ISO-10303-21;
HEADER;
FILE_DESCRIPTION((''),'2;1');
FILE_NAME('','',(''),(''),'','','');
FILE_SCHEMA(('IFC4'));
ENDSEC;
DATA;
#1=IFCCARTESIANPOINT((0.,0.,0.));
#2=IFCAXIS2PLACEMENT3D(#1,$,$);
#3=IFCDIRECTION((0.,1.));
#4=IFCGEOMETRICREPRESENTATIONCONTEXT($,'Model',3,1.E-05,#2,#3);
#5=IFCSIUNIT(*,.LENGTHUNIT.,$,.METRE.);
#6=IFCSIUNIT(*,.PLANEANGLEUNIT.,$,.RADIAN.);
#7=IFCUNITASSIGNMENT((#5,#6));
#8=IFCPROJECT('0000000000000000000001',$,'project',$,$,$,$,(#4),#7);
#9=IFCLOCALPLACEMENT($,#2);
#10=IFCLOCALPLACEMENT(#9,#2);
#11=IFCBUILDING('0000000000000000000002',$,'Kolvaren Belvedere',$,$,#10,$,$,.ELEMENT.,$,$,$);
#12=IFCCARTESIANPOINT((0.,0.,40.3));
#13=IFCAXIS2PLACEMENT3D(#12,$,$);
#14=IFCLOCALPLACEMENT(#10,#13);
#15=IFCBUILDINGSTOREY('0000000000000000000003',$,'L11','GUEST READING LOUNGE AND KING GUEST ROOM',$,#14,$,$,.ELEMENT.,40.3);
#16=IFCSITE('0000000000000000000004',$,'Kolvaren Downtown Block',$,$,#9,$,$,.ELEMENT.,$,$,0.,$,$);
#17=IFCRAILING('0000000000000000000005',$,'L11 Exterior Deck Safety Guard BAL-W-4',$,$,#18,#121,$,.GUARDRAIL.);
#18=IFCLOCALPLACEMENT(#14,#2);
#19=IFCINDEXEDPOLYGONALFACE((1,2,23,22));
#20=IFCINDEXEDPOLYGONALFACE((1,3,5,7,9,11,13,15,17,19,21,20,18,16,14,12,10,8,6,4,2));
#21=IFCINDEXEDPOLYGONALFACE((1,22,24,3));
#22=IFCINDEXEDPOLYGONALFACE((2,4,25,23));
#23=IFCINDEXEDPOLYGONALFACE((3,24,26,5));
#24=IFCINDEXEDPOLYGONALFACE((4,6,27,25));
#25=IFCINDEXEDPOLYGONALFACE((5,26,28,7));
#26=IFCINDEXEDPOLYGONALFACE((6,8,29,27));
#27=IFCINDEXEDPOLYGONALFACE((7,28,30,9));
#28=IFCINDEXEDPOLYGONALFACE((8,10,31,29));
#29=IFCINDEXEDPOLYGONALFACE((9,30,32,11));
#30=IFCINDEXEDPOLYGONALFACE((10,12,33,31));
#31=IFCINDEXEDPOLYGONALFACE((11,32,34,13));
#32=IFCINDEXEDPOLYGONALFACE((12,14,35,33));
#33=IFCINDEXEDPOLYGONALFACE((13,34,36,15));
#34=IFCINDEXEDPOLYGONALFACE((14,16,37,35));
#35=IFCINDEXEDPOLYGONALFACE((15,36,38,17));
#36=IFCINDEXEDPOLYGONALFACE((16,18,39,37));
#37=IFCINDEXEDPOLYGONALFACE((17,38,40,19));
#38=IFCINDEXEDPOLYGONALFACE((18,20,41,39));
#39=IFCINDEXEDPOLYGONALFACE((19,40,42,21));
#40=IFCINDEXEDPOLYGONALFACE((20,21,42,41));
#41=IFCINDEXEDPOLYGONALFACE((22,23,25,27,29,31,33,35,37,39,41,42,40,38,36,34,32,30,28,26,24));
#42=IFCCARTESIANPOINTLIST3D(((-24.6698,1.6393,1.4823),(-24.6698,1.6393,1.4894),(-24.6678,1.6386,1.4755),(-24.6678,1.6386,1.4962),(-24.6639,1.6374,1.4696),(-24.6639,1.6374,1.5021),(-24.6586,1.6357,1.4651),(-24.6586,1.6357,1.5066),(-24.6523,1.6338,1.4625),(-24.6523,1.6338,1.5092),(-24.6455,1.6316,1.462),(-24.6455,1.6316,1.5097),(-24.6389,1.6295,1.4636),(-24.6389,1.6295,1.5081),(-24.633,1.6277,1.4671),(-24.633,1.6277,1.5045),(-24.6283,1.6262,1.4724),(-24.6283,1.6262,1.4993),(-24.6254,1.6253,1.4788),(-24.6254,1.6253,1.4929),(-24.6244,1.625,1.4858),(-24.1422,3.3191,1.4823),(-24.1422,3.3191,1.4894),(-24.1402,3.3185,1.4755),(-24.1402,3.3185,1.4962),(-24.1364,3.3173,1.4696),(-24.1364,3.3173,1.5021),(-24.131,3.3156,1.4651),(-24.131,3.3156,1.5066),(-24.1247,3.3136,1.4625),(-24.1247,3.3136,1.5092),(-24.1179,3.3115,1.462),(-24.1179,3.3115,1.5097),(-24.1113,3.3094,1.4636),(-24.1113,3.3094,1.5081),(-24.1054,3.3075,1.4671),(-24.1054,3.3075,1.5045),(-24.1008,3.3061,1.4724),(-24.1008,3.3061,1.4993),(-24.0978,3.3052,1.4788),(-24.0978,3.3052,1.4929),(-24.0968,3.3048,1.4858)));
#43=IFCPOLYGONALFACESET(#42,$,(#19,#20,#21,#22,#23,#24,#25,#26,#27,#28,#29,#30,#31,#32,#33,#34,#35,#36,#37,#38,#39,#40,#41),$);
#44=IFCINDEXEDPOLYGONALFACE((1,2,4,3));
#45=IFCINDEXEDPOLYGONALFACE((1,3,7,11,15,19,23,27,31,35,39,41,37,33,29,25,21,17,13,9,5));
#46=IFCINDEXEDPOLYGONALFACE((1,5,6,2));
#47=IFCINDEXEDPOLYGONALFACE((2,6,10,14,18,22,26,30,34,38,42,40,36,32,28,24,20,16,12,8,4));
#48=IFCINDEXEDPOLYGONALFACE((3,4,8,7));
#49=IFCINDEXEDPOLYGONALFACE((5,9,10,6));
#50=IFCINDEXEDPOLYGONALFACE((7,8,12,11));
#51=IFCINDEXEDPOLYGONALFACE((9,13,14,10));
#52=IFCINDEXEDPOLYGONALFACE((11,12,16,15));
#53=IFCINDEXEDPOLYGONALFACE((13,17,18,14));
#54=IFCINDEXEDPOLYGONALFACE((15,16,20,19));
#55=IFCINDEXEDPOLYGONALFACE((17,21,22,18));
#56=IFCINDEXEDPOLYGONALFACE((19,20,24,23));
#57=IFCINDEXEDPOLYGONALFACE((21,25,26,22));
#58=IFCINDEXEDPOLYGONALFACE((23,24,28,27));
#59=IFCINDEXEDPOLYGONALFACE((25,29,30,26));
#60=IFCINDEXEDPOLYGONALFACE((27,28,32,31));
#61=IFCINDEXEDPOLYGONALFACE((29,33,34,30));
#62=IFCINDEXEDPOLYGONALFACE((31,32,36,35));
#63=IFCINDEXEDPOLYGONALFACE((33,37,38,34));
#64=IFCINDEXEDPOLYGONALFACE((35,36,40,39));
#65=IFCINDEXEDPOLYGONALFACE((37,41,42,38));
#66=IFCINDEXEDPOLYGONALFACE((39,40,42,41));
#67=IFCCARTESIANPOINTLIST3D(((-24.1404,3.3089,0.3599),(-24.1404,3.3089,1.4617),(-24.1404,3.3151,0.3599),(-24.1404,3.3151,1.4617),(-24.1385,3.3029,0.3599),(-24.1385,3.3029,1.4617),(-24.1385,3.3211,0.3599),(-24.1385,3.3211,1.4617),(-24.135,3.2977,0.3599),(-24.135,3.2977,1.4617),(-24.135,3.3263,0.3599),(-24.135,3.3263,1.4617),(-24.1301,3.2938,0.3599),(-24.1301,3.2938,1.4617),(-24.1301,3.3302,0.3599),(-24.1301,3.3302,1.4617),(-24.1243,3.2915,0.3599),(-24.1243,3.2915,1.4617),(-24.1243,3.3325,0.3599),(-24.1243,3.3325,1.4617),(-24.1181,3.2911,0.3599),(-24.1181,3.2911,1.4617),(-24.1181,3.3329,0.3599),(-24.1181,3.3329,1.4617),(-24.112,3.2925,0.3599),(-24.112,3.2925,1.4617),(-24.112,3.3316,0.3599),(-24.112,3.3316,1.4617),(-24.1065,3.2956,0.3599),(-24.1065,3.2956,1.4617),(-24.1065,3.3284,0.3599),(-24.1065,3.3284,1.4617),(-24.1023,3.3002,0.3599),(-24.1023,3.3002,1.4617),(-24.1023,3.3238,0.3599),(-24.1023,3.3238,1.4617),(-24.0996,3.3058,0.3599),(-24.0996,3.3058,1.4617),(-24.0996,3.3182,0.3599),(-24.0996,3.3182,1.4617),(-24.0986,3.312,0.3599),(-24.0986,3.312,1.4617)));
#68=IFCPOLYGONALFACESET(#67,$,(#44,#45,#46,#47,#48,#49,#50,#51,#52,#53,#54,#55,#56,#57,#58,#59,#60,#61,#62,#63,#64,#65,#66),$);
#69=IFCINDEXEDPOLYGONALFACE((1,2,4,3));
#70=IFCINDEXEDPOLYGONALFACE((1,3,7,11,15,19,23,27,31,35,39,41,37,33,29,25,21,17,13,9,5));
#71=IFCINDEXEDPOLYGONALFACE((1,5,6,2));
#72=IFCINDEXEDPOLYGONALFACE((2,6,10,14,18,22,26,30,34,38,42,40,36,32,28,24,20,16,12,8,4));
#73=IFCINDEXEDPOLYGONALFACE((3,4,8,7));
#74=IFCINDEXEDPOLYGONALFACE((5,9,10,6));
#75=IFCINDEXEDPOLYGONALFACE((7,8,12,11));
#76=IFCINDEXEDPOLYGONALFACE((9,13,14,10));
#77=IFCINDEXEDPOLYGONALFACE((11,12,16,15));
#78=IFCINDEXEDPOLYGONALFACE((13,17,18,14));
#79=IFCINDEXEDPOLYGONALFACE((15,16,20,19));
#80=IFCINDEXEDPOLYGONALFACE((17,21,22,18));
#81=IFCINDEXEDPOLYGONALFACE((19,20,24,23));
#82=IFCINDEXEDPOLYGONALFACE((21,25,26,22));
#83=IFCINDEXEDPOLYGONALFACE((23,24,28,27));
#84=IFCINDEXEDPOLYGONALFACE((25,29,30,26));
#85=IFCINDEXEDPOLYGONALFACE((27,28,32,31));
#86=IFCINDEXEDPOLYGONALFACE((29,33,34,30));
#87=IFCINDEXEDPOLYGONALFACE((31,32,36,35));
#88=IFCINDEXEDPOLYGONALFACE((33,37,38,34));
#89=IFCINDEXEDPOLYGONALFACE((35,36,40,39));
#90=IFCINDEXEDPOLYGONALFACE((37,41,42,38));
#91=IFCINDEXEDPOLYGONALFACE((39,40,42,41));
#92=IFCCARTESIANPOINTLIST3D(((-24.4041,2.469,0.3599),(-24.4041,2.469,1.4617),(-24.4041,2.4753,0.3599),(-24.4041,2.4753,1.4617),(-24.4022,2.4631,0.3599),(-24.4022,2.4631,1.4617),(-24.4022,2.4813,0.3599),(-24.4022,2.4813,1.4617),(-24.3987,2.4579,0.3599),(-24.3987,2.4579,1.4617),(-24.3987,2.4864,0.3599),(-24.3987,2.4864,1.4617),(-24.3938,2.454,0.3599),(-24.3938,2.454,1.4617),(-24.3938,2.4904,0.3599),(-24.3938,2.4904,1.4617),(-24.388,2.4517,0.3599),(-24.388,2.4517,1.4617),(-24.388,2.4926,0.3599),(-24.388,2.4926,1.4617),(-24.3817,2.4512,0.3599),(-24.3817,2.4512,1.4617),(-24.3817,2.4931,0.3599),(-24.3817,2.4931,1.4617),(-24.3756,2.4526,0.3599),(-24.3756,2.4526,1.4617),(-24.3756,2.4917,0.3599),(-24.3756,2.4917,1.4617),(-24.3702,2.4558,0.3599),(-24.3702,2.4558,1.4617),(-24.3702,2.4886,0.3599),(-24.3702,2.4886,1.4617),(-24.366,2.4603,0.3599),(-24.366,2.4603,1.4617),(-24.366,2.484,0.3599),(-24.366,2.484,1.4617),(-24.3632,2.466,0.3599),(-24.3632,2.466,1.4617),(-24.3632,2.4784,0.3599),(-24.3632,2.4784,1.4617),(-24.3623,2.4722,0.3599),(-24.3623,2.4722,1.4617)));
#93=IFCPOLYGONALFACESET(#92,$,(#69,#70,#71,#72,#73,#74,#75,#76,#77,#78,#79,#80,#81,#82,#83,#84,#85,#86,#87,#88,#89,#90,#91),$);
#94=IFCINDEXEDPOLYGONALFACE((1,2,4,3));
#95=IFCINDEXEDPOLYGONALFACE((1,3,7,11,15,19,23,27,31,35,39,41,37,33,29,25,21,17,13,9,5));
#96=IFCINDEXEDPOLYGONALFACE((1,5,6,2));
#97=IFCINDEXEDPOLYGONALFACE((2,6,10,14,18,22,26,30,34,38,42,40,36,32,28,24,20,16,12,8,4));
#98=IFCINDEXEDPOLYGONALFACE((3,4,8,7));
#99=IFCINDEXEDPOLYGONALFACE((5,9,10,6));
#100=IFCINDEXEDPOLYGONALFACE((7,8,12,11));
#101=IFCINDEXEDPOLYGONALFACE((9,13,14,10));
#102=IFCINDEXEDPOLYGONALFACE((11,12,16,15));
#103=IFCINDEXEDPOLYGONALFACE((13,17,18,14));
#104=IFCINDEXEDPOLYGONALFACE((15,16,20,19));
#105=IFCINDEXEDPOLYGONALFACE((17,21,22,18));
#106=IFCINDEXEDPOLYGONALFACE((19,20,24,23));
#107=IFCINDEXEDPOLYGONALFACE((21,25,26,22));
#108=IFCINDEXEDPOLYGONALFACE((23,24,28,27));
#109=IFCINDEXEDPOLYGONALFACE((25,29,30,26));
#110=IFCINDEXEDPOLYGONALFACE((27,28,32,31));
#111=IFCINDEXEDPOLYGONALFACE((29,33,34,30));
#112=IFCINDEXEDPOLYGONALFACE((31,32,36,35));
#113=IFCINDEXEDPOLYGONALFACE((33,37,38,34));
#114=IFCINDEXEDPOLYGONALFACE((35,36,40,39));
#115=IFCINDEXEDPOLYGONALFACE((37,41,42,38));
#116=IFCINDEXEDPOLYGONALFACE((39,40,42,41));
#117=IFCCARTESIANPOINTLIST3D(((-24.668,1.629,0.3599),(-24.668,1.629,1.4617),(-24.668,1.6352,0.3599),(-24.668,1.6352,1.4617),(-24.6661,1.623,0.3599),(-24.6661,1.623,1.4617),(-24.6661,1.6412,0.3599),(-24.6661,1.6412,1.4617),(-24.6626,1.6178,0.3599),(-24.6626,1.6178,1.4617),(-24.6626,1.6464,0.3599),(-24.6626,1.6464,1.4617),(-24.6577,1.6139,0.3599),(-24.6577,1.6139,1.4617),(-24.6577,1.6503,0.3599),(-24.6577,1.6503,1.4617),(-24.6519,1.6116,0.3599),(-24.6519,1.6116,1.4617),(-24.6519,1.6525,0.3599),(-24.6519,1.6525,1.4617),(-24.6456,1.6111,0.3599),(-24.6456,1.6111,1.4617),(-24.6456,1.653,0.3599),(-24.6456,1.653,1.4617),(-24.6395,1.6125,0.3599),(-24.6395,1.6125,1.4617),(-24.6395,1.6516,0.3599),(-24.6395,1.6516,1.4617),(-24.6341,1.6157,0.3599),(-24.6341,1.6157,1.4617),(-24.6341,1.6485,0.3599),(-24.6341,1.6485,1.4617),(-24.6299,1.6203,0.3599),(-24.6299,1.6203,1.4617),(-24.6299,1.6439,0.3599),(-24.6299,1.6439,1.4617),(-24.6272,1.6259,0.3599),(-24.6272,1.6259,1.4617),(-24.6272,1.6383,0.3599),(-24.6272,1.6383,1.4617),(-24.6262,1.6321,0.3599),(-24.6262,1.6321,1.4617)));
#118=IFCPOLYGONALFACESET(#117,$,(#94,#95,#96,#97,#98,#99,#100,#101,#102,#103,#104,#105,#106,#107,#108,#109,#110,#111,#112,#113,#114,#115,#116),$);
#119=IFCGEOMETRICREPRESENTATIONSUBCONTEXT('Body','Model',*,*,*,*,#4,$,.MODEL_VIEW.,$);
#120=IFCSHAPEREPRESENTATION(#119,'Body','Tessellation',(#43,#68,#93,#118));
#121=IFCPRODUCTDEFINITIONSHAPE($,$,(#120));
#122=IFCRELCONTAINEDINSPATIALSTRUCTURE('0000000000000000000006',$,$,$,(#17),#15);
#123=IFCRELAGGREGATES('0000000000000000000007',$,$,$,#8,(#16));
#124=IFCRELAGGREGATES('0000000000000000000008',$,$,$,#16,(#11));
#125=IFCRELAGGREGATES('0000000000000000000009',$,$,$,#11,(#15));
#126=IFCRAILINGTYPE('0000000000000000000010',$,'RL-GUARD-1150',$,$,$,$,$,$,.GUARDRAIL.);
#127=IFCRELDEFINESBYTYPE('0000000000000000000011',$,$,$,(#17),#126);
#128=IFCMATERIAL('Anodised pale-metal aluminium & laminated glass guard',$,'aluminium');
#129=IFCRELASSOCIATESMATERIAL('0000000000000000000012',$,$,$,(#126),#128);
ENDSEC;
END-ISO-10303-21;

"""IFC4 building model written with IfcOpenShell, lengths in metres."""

from ifc_helpers import new_model, si_unit, direction, frame, origin, origin_2d, place, context, subcontext, project, spatial, circle, extrude, material, type_object, element, save


model = new_model("IFC4")

# Units and contexts
model_context = context("Model", 3, precision=1e-05, world=origin(), true_north=direction((0.0, 1.0)))
body_context = subcontext(model_context, "Body", "Model", "MODEL_VIEW")
ifc_project = project(units=[si_unit("LENGTHUNIT", "METRE"), si_unit("PLANEANGLEUNIT", "RADIAN")], contexts=[model_context])

# Site, building, storey
site_placement = place(None, origin())
site = spatial("IfcSite", under=ifc_project, at=site_placement, Name="Kolvaren Downtown Block", CompositionType="ELEMENT", RefElevation=0.0)
building_placement = place(site_placement, origin())
building = spatial("IfcBuilding", under=site, at=building_placement, Name="Kolvaren Belvedere", CompositionType="ELEMENT")
storey_placement = place(building_placement, frame((0.0, 0.0, 40.3)))
storey = spatial("IfcBuildingStorey", under=building, at=storey_placement, Name="L11", Description="GUEST READING LOUNGE AND KING GUEST ROOM", CompositionType="ELEMENT", Elevation=40.3)

# Railing
ifc_material_1 = material(Name="Anodised pale-metal aluminium & laminated glass guard", Category="aluminium")
railing_type = type_object("IfcRailingType", Name="RL-GUARD-1150", PredefinedType="GUARDRAIL", material=ifc_material_1)
railing_1_placement = place(storey_placement, frame((-24.1196, 3.312, 0.3599)))
element("IfcRailing", 1, at=railing_1_placement, inside=storey, type_object=railing_type, Name="L11 Exterior Deck Safety Guard BAL-W-4", PredefinedType="GUARDRAIL", context=body_context, shape_type="SweptSolid", body=[
    extrude(circle(Radius=0.0239, at=origin_2d()), frame((0.0, 0.0, 1.126), z_axis=(-0.299625, -0.954057, 0.0), x_axis=(0.954057, -0.299625, 0.0)), (0.0, 0.0, 1.0), 1.7607),
    extrude(circle(Radius=0.021, at=origin_2d()), origin(), (0.0, 0.0, 1.0), 1.1018),
    extrude(circle(Radius=0.021, at=origin_2d()), frame((-0.2637, -0.8398, 0.0)), (0.0, 0.0, 1.0), 1.1018),
    extrude(circle(Radius=0.021, at=origin_2d()), frame((-0.5276, -1.6799, 0.0)), (0.0, 0.0, 1.0), 1.1018),
])

save(model, "model.ifc")
